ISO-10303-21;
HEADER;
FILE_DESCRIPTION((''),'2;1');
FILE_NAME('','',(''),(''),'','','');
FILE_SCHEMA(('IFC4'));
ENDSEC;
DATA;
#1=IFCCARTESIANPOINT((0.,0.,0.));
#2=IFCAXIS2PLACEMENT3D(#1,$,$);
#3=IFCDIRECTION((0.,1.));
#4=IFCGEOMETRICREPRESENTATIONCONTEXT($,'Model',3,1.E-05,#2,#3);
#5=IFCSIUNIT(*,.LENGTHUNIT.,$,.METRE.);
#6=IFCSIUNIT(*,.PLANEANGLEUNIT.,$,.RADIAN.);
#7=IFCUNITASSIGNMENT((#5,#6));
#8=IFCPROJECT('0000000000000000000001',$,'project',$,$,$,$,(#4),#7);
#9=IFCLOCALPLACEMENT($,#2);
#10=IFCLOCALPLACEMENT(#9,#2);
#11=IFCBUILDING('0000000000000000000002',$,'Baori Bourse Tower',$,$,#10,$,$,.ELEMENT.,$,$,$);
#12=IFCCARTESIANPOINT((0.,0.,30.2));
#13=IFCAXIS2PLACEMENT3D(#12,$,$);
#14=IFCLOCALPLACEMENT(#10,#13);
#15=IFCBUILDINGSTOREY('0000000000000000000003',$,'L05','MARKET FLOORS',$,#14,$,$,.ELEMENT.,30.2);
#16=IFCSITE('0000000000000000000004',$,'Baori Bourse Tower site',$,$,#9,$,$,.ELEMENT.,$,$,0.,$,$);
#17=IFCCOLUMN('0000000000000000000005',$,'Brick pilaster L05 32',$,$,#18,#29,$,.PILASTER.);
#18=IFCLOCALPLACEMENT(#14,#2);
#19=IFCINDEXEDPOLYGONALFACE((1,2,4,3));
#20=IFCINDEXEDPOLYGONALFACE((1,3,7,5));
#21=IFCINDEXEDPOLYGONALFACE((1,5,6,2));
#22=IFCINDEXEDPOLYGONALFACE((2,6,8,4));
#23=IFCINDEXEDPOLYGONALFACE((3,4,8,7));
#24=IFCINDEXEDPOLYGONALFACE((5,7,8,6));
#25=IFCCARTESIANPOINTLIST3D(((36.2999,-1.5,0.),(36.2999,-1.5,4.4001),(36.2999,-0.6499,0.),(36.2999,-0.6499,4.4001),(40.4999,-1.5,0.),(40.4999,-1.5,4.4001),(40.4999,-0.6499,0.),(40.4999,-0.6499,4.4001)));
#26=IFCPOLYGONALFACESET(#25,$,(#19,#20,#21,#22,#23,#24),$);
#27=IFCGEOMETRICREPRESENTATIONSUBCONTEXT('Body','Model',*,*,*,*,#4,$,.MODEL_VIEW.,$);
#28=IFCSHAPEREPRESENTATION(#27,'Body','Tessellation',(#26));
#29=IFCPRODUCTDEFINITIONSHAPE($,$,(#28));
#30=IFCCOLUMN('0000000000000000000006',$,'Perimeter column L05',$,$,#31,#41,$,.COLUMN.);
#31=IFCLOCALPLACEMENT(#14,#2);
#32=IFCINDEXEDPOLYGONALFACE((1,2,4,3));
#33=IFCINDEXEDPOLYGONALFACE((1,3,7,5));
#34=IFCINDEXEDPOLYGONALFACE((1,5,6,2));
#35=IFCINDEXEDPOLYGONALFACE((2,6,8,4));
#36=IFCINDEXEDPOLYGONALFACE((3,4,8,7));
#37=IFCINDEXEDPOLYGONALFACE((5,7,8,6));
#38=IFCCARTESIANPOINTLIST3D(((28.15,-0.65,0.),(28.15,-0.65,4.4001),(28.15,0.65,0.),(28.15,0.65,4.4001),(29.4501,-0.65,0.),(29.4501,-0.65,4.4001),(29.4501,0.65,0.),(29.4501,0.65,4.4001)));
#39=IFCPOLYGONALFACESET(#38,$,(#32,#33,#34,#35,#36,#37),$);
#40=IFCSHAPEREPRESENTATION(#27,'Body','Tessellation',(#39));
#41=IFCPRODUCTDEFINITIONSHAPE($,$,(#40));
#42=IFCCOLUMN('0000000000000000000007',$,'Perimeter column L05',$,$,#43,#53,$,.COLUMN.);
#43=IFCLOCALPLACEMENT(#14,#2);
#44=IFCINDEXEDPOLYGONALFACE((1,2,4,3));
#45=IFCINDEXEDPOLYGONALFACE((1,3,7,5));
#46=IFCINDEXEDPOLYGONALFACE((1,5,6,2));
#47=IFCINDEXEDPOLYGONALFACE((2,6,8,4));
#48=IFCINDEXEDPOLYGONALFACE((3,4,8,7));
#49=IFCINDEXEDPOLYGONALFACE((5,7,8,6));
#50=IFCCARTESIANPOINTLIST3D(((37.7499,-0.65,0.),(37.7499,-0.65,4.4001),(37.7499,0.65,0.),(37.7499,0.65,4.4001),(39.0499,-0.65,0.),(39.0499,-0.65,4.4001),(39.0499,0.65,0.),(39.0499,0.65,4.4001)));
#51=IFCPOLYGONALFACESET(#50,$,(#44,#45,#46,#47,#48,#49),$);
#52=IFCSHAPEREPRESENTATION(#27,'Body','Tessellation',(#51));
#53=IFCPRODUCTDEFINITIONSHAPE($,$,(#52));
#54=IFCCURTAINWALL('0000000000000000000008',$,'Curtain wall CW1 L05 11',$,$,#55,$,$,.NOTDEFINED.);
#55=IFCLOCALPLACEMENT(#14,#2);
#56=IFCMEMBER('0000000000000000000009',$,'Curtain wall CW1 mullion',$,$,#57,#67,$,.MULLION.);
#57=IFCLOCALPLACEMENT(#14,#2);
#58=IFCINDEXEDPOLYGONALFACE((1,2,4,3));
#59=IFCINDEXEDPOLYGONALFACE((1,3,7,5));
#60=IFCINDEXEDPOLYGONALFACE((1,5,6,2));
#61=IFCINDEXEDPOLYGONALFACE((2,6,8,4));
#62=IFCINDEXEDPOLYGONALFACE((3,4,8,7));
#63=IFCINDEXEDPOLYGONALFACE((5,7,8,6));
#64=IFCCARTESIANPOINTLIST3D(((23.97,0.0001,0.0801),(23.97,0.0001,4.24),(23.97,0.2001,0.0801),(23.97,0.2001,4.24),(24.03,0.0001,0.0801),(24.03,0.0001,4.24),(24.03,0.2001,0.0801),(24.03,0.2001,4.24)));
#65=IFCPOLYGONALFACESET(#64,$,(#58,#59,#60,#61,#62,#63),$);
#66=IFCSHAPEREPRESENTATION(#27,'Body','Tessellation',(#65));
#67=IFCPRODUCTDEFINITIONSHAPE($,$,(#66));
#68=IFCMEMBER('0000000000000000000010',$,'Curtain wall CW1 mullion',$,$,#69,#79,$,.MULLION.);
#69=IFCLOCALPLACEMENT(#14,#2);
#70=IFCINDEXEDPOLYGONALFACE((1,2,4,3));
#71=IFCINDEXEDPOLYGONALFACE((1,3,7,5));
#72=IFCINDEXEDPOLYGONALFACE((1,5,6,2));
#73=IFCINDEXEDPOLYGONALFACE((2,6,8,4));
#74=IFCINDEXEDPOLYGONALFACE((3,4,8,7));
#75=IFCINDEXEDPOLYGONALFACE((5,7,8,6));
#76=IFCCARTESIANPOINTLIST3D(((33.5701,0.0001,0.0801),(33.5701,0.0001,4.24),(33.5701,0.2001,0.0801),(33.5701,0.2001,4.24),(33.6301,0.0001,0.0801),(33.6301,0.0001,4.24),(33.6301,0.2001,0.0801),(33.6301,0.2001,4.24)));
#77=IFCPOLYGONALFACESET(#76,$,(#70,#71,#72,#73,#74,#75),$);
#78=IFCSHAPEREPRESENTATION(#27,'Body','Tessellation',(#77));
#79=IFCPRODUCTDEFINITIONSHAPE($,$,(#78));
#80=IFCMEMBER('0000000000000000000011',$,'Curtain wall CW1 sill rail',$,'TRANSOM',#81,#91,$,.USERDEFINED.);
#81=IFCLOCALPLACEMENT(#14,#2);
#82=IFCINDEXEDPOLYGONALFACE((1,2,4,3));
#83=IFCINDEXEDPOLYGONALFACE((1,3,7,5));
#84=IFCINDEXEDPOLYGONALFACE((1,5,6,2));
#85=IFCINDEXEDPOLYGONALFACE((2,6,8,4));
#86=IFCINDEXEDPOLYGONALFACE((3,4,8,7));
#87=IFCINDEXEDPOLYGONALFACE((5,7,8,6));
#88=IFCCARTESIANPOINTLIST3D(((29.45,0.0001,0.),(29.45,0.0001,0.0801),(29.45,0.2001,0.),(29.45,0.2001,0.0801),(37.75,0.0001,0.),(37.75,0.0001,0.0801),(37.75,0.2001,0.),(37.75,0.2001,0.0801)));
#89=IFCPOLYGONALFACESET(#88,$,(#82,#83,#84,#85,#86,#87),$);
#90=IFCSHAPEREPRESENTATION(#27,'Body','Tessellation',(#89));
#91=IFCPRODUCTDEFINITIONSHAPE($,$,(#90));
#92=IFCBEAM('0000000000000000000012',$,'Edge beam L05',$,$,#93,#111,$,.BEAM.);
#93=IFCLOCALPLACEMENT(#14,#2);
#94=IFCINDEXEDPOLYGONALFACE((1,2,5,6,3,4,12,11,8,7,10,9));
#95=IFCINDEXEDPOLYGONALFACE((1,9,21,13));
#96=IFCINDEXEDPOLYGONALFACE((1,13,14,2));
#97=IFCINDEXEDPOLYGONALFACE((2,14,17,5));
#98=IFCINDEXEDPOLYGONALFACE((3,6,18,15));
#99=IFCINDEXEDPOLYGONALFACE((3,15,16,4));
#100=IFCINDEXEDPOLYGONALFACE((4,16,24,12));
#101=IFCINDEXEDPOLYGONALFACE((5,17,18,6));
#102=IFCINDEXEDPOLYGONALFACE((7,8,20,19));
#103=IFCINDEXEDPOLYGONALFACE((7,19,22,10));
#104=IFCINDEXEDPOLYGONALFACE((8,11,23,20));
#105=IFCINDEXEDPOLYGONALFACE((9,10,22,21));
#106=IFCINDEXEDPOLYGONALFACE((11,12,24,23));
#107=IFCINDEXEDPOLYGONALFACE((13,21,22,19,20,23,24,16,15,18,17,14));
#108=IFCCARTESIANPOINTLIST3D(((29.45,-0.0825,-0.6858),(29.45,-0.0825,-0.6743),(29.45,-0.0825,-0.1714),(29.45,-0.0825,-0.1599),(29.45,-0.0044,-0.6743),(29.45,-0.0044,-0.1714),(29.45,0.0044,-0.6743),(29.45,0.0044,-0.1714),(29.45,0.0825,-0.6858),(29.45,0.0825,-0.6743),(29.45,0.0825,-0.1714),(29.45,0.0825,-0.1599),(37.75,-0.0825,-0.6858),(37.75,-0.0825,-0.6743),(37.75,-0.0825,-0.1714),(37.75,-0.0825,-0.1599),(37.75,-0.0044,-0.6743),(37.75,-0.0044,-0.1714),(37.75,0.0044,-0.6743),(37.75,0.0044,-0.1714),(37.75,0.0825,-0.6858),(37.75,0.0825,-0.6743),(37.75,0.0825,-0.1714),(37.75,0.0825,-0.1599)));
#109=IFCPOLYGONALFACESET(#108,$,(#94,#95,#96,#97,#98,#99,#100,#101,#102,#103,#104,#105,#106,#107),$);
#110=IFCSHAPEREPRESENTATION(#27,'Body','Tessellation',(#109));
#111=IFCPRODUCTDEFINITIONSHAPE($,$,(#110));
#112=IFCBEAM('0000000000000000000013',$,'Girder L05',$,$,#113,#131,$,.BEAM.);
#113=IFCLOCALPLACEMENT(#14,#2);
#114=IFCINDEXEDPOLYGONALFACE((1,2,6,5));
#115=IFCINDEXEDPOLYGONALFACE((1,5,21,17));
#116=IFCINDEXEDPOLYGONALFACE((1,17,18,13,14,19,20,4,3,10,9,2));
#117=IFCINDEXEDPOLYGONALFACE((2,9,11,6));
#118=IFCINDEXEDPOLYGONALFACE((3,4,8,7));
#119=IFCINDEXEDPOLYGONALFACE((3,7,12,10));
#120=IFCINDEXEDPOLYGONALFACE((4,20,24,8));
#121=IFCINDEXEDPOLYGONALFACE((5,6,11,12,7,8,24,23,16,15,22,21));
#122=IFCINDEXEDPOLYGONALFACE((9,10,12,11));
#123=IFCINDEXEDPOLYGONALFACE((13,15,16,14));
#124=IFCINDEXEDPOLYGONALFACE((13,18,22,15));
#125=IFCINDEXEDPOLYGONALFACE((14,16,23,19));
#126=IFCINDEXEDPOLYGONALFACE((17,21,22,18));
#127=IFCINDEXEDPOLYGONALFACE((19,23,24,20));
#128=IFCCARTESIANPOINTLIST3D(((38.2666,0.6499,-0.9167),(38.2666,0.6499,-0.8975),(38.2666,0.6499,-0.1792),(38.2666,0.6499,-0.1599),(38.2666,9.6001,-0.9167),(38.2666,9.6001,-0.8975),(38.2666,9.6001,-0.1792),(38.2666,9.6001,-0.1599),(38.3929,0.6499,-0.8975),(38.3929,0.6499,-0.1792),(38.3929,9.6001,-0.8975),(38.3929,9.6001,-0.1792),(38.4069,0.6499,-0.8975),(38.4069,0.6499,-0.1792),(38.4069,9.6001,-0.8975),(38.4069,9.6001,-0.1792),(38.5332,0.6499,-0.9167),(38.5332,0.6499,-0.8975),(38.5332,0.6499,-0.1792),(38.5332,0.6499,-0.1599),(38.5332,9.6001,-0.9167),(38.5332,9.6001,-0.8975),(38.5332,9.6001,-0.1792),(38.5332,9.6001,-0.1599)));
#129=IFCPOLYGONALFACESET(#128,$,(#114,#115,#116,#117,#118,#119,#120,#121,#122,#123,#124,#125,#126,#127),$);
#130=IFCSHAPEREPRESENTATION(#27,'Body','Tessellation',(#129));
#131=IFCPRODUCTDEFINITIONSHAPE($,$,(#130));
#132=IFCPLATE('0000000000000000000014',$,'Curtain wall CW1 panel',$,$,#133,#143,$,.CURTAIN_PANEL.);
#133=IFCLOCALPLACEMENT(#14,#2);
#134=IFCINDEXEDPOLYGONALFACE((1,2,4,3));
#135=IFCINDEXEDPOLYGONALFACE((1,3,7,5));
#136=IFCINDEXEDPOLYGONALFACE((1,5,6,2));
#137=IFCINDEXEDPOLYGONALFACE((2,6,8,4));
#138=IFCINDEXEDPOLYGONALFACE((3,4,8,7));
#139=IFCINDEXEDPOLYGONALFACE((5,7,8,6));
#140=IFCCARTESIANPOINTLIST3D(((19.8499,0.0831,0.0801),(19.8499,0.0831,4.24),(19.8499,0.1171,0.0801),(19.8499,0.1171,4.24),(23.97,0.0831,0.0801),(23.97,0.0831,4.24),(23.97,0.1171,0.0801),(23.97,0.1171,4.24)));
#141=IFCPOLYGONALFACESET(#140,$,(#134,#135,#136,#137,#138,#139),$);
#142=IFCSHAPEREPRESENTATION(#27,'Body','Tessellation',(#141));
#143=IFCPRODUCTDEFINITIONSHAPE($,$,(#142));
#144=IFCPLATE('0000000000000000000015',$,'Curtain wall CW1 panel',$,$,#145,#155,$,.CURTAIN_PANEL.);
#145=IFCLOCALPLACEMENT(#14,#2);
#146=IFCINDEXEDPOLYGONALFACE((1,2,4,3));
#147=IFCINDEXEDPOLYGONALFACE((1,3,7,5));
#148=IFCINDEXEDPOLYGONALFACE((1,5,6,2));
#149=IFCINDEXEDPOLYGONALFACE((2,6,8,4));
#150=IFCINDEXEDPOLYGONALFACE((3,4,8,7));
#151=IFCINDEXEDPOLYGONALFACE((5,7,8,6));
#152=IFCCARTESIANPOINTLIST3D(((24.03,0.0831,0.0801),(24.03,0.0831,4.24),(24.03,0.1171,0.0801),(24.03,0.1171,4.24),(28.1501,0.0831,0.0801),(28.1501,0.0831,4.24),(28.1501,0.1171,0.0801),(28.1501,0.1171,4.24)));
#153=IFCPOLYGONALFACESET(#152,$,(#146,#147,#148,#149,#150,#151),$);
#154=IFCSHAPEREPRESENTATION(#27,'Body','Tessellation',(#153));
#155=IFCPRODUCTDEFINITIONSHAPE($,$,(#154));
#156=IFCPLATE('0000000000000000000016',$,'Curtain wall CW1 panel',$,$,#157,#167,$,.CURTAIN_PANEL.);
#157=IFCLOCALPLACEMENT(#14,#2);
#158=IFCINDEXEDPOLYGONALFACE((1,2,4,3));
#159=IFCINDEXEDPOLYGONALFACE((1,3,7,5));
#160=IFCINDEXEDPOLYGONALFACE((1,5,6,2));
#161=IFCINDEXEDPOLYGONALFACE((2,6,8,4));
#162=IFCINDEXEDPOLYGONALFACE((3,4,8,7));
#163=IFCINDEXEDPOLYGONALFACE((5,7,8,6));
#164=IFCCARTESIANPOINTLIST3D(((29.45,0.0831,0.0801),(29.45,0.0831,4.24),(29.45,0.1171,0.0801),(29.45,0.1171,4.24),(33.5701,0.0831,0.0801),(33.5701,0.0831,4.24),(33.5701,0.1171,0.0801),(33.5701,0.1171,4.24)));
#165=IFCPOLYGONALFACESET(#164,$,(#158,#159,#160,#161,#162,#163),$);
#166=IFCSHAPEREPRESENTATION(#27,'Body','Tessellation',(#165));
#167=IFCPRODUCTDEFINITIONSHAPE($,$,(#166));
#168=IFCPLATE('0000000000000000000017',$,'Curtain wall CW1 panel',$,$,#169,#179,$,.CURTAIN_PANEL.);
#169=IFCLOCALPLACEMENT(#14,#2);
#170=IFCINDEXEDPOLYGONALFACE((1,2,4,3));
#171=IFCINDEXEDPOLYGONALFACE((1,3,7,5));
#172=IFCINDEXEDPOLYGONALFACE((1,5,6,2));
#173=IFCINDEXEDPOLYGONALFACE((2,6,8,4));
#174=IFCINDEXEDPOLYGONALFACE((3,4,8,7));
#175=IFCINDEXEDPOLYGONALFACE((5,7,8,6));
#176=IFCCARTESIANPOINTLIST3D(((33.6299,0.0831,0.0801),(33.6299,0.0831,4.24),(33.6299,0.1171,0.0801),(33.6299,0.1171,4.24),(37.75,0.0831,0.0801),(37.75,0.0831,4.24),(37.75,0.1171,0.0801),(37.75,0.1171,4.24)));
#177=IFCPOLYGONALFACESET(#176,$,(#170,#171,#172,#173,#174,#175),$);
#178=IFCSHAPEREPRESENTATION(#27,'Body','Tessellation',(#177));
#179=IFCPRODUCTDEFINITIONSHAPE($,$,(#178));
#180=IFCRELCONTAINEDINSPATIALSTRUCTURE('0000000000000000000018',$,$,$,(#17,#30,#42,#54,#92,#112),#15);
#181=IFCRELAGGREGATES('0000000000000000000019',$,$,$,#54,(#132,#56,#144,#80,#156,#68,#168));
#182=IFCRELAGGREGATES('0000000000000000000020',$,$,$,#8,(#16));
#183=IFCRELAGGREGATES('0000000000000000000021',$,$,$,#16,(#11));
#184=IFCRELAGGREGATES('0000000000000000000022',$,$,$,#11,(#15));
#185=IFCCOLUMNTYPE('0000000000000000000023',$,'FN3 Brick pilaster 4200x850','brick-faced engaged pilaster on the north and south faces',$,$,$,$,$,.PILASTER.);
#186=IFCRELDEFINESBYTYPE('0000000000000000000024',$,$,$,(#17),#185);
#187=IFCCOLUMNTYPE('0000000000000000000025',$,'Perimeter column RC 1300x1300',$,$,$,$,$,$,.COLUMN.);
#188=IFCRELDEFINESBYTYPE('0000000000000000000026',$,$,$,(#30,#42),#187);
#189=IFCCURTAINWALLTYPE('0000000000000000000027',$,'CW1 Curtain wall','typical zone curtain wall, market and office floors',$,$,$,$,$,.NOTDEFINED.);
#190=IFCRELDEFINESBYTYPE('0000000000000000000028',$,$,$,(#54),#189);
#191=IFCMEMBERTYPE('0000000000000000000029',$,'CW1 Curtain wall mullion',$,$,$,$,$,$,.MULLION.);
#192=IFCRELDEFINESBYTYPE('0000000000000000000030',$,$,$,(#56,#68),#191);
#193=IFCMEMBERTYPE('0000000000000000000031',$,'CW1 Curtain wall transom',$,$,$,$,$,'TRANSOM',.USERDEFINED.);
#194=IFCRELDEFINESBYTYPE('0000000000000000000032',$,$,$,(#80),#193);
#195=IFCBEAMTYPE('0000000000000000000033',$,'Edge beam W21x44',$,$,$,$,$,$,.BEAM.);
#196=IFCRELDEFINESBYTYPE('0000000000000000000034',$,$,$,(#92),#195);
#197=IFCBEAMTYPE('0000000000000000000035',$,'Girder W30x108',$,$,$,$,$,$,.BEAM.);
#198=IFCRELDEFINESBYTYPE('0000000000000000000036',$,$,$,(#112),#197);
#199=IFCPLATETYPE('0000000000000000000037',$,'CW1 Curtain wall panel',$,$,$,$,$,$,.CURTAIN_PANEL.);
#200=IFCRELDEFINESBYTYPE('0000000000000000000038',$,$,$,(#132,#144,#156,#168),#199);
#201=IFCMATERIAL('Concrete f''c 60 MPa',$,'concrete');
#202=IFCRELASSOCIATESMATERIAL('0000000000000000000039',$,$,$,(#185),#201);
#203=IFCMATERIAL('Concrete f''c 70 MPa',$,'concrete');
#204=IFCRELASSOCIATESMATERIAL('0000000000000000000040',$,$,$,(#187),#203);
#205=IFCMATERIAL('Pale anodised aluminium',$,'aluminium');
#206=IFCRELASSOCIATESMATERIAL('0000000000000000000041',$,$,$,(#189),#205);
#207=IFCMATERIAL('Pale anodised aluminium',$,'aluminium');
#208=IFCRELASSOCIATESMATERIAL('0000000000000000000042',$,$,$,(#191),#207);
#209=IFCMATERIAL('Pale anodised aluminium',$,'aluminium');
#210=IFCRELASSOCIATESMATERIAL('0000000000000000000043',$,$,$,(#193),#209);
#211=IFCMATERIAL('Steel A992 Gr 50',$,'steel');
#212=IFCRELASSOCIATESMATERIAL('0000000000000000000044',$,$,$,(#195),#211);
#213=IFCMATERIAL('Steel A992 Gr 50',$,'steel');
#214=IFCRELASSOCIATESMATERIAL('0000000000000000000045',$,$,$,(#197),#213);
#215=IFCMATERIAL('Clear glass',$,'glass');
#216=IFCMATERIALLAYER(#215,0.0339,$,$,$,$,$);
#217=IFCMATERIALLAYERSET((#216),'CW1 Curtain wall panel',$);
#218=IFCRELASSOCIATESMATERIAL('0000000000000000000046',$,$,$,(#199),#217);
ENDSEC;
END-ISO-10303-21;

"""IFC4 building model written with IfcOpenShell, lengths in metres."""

from ifc_helpers import new_model, si_unit, direction, frame, origin, origin_2d, place, context, subcontext, project, spatial, rectangle, i_section, extrude, material, layer, layer_set, material_profile, profile_set, type_object, element, aggregate, save


model = new_model("IFC4")

# Units and contexts
model_context = context("Model", 3, precision=1e-05, world=origin(), true_north=direction((0.0, 1.0)))
body_context = subcontext(model_context, "Body", "Model", "MODEL_VIEW")
ifc_project = project(units=[si_unit("LENGTHUNIT", "METRE"), si_unit("PLANEANGLEUNIT", "RADIAN")], contexts=[model_context])

# Site, building, storey
site_placement = place(None, origin())
site = spatial("IfcSite", under=ifc_project, at=site_placement, Name="Baori Bourse Tower site", CompositionType="ELEMENT", RefElevation=0.0)
building_placement = place(site_placement, origin())
building = spatial("IfcBuilding", under=site, at=building_placement, Name="Baori Bourse Tower", CompositionType="ELEMENT")
storey_placement = place(building_placement, frame((0.0, 0.0, 30.2)))
storey = spatial("IfcBuildingStorey", under=building, at=storey_placement, Name="L05", Description="MARKET FLOORS", CompositionType="ELEMENT", Elevation=30.2)

# Columns
ifc_material_1 = material(Name="Concrete f'c 60 MPa", Category="concrete")
ifc_material_profile_1 = material_profile(ifc_material_1, rectangle(XDim=4.2, YDim=0.8501, at=origin_2d()), Name="RC 4200x850")
ifc_profile_set_1 = profile_set([ifc_material_profile_1], Name="Concrete f'c 60 MPa")
column_type_1 = type_object("IfcColumnType", Name="FN3 Brick pilaster 4200x850", Description="brick-faced engaged pilaster on the north and south faces", PredefinedType="PILASTER", material=ifc_profile_set_1)
column_placement = place(storey_placement, frame((38.3999, -1.075, 0.0), z_axis=(0.0, 0.0, 1.0), x_axis=(1.0, 0.0, 0.0)))
element("IfcColumn", 1, at=column_placement, inside=storey, type_object=column_type_1, Name="Brick pilaster L05 32", PredefinedType="PILASTER", context=body_context, shape_type="SweptSolid", body=[
    extrude(rectangle(XDim=4.2, YDim=0.8501, at=origin_2d()), origin(), (0.0, 0.0, 1.0), 4.4001),
])
ifc_material_2 = material(Name="Concrete f'c 70 MPa", Category="concrete")
ifc_material_profile_2 = material_profile(ifc_material_2, rectangle(XDim=1.3, YDim=1.3, at=origin_2d()), Name="RC 1300x1300")
ifc_profile_set_2 = profile_set([ifc_material_profile_2], Name="Concrete f'c 70 MPa")
column_type_2 = type_object("IfcColumnType", Name="Perimeter column RC 1300x1300", PredefinedType="COLUMN", material=ifc_profile_set_2)
for number, where, z_axis, x_axis, name in (
    (2, (28.8, 0.0, 0.0), (0.0, 0.0, 1.0), (1.0, 0.0, 0.0), "Perimeter column L05"),
    (3, (38.3999, 0.0, 0.0), (0.0, 0.0, 1.0), (1.0, 0.0, 0.0), "Perimeter column L05"),
):
    element("IfcColumn", number, at=place(storey_placement, frame(where, z_axis=z_axis, x_axis=x_axis)), inside=storey, type_object=column_type_2, Name=name, PredefinedType="COLUMN", context=body_context, shape_type="SweptSolid", body=[
        extrude(rectangle(XDim=1.3, YDim=1.3, at=origin_2d()), origin(), (0.0, 0.0, 1.0), 4.4001),
    ])

# Curtain wall, members
ifc_material_3 = material(Name="Pale anodised aluminium", Category="aluminium")
curtain_wall_type = type_object("IfcCurtainWallType", Name="CW1 Curtain wall", Description="typical zone curtain wall, market and office floors", PredefinedType="NOTDEFINED", material=ifc_material_3)
curtain_wall_placement = place(storey_placement, origin())
curtain_wall = element("IfcCurtainWall", 4, at=curtain_wall_placement, inside=storey, type_object=curtain_wall_type, Name="Curtain wall CW1 L05 11", PredefinedType="NOTDEFINED")
ifc_material_4 = material(Name="Pale anodised aluminium", Category="aluminium")
ifc_material_profile_3 = material_profile(ifc_material_4, rectangle(XDim=0.2, YDim=0.0601, at=origin_2d()), Name="Mullion 60x200")
ifc_profile_set_3 = profile_set([ifc_material_profile_3], Name="Pale anodised aluminium")
member_type_1 = type_object("IfcMemberType", Name="CW1 Curtain wall mullion", PredefinedType="MULLION", material=ifc_profile_set_3)
member_1_placement = place(storey_placement, frame((24.0, 0.1001, 0.0801), z_axis=(0.0, 0.0, 1.0), x_axis=(0.0, 1.0, 0.0)))
member_1 = element("IfcMember", 5, at=member_1_placement, type_object=member_type_1, Name="Curtain wall CW1 mullion", PredefinedType="MULLION", context=body_context, shape_type="SweptSolid", body=[
    extrude(rectangle(XDim=0.2, YDim=0.0601, at=origin_2d()), origin(), (0.0, 0.0, 1.0), 4.1599),
])
member_2_placement = place(storey_placement, frame((33.6001, 0.1001, 0.0801), z_axis=(0.0, 0.0, 1.0), x_axis=(0.0, 1.0, 0.0)))
member_2 = element("IfcMember", 6, at=member_2_placement, type_object=member_type_1, Name="Curtain wall CW1 mullion", PredefinedType="MULLION", context=body_context, shape_type="SweptSolid", body=[
    extrude(rectangle(XDim=0.2, YDim=0.0601, at=origin_2d()), origin(), (0.0, 0.0, 1.0), 4.1599),
])
ifc_material_5 = material(Name="Pale anodised aluminium", Category="aluminium")
ifc_material_profile_4 = material_profile(ifc_material_5, rectangle(XDim=0.2, YDim=0.0801, at=origin_2d()), Name="Transom 80x200")
ifc_profile_set_4 = profile_set([ifc_material_profile_4], Name="Pale anodised aluminium")
member_type_2 = type_object("IfcMemberType", Name="CW1 Curtain wall transom", ElementType="TRANSOM", PredefinedType="USERDEFINED", material=ifc_profile_set_4)
member_3_placement = place(storey_placement, frame((29.45, 0.1001, 0.04), z_axis=(1.0, 0.0, 0.0), x_axis=(0.0, 1.0, 0.0)))
member_3 = element("IfcMember", 7, at=member_3_placement, type_object=member_type_2, Name="Curtain wall CW1 sill rail", ObjectType="TRANSOM", PredefinedType="USERDEFINED", context=body_context, shape_type="SweptSolid", body=[
    extrude(rectangle(XDim=0.2, YDim=0.0801, at=origin_2d()), origin(), (0.0, 0.0, 1.0), 8.3),
])

# Beams
ifc_material_6 = material(Name="Steel A992 Gr 50", Category="steel")
ifc_material_profile_5 = material_profile(ifc_material_6, i_section(OverallWidth=0.165, OverallDepth=0.5259, WebThickness=0.0088, FlangeThickness=0.0115, at=origin_2d()), Name="W21x44")
ifc_profile_set_5 = profile_set([ifc_material_profile_5], Name="Steel A992 Gr 50")
beam_type_1 = type_object("IfcBeamType", Name="Edge beam W21x44", PredefinedType="BEAM", material=ifc_profile_set_5)
beam_1_placement = place(storey_placement, frame((29.45, 0.0, -0.4229), z_axis=(1.0, 0.0, 0.0), x_axis=(0.0, 1.0, 0.0)))
element("IfcBeam", 8, at=beam_1_placement, inside=storey, type_object=beam_type_1, Name="Edge beam L05", PredefinedType="BEAM", context=body_context, shape_type="SweptSolid", body=[
    extrude(i_section(OverallWidth=0.165, OverallDepth=0.5259, WebThickness=0.0088, FlangeThickness=0.0115, at=origin_2d()), origin(), (0.0, 0.0, 1.0), 8.3),
])
ifc_material_7 = material(Name="Steel A992 Gr 50", Category="steel")
ifc_material_profile_6 = material_profile(ifc_material_7, i_section(OverallWidth=0.2666, OverallDepth=0.7568, WebThickness=0.0139, FlangeThickness=0.0193, at=origin_2d()), Name="W30x108")
ifc_profile_set_6 = profile_set([ifc_material_profile_6], Name="Steel A992 Gr 50")
beam_type_2 = type_object("IfcBeamType", Name="Girder W30x108", PredefinedType="BEAM", material=ifc_profile_set_6)
beam_2_placement = place(storey_placement, frame((38.3999, 0.6499, -0.5383), z_axis=(0.0, 1.0, 0.0), x_axis=(-1.0, 0.0, 0.0)))
element("IfcBeam", 9, at=beam_2_placement, inside=storey, type_object=beam_type_2, Name="Girder L05", PredefinedType="BEAM", context=body_context, shape_type="SweptSolid", body=[
    extrude(i_section(OverallWidth=0.2666, OverallDepth=0.7568, WebThickness=0.0139, FlangeThickness=0.0193, at=origin_2d()), origin(), (0.0, 0.0, 1.0), 8.9502),
])

# Plates
ifc_material_8 = material(Name="Clear glass", Category="glass")
ifc_layer_1 = layer(ifc_material_8, 0.0339)
ifc_layer_set_1 = layer_set([ifc_layer_1], Name="CW1 Curtain wall panel")
plate_type = type_object("IfcPlateType", Name="CW1 Curtain wall panel", PredefinedType="CURTAIN_PANEL", material=ifc_layer_set_1)
plate_1_placement = place(storey_placement, frame((21.9099, 0.1001, 0.0801), z_axis=(0.0, 0.0, 1.0), x_axis=(1.0, 0.0, 0.0)))
plate_1 = element("IfcPlate", 10, at=plate_1_placement, type_object=plate_type, Name="Curtain wall CW1 panel", PredefinedType="CURTAIN_PANEL", context=body_context, shape_type="SweptSolid", body=[
    extrude(rectangle(XDim=4.1201, YDim=0.0339, at=origin_2d()), origin(), (0.0, 0.0, 1.0), 4.1599),
])
plate_2_placement = place(storey_placement, frame((26.0901, 0.1001, 0.0801), z_axis=(0.0, 0.0, 1.0), x_axis=(1.0, 0.0, 0.0)))
plate_2 = element("IfcPlate", 11, at=plate_2_placement, type_object=plate_type, Name="Curtain wall CW1 panel", PredefinedType="CURTAIN_PANEL", context=body_context, shape_type="SweptSolid", body=[
    extrude(rectangle(XDim=4.1201, YDim=0.0339, at=origin_2d()), origin(), (0.0, 0.0, 1.0), 4.1599),
])
plate_3_placement = place(storey_placement, frame((31.51, 0.1001, 0.0801), z_axis=(0.0, 0.0, 1.0), x_axis=(1.0, 0.0, 0.0)))
plate_3 = element("IfcPlate", 12, at=plate_3_placement, type_object=plate_type, Name="Curtain wall CW1 panel", PredefinedType="CURTAIN_PANEL", context=body_context, shape_type="SweptSolid", body=[
    extrude(rectangle(XDim=4.1201, YDim=0.0339, at=origin_2d()), origin(), (0.0, 0.0, 1.0), 4.1599),
])
plate_4_placement = place(storey_placement, frame((35.6899, 0.1001, 0.0801), z_axis=(0.0, 0.0, 1.0), x_axis=(1.0, 0.0, 0.0)))
plate_4 = element("IfcPlate", 13, at=plate_4_placement, type_object=plate_type, Name="Curtain wall CW1 panel", PredefinedType="CURTAIN_PANEL", context=body_context, shape_type="SweptSolid", body=[
    extrude(rectangle(XDim=4.1201, YDim=0.0339, at=origin_2d()), origin(), (0.0, 0.0, 1.0), 4.1599),
])
aggregate(curtain_wall, [plate_1, member_1, plate_2, member_3, plate_3, member_2, plate_4])

save(model, "model.ifc")
